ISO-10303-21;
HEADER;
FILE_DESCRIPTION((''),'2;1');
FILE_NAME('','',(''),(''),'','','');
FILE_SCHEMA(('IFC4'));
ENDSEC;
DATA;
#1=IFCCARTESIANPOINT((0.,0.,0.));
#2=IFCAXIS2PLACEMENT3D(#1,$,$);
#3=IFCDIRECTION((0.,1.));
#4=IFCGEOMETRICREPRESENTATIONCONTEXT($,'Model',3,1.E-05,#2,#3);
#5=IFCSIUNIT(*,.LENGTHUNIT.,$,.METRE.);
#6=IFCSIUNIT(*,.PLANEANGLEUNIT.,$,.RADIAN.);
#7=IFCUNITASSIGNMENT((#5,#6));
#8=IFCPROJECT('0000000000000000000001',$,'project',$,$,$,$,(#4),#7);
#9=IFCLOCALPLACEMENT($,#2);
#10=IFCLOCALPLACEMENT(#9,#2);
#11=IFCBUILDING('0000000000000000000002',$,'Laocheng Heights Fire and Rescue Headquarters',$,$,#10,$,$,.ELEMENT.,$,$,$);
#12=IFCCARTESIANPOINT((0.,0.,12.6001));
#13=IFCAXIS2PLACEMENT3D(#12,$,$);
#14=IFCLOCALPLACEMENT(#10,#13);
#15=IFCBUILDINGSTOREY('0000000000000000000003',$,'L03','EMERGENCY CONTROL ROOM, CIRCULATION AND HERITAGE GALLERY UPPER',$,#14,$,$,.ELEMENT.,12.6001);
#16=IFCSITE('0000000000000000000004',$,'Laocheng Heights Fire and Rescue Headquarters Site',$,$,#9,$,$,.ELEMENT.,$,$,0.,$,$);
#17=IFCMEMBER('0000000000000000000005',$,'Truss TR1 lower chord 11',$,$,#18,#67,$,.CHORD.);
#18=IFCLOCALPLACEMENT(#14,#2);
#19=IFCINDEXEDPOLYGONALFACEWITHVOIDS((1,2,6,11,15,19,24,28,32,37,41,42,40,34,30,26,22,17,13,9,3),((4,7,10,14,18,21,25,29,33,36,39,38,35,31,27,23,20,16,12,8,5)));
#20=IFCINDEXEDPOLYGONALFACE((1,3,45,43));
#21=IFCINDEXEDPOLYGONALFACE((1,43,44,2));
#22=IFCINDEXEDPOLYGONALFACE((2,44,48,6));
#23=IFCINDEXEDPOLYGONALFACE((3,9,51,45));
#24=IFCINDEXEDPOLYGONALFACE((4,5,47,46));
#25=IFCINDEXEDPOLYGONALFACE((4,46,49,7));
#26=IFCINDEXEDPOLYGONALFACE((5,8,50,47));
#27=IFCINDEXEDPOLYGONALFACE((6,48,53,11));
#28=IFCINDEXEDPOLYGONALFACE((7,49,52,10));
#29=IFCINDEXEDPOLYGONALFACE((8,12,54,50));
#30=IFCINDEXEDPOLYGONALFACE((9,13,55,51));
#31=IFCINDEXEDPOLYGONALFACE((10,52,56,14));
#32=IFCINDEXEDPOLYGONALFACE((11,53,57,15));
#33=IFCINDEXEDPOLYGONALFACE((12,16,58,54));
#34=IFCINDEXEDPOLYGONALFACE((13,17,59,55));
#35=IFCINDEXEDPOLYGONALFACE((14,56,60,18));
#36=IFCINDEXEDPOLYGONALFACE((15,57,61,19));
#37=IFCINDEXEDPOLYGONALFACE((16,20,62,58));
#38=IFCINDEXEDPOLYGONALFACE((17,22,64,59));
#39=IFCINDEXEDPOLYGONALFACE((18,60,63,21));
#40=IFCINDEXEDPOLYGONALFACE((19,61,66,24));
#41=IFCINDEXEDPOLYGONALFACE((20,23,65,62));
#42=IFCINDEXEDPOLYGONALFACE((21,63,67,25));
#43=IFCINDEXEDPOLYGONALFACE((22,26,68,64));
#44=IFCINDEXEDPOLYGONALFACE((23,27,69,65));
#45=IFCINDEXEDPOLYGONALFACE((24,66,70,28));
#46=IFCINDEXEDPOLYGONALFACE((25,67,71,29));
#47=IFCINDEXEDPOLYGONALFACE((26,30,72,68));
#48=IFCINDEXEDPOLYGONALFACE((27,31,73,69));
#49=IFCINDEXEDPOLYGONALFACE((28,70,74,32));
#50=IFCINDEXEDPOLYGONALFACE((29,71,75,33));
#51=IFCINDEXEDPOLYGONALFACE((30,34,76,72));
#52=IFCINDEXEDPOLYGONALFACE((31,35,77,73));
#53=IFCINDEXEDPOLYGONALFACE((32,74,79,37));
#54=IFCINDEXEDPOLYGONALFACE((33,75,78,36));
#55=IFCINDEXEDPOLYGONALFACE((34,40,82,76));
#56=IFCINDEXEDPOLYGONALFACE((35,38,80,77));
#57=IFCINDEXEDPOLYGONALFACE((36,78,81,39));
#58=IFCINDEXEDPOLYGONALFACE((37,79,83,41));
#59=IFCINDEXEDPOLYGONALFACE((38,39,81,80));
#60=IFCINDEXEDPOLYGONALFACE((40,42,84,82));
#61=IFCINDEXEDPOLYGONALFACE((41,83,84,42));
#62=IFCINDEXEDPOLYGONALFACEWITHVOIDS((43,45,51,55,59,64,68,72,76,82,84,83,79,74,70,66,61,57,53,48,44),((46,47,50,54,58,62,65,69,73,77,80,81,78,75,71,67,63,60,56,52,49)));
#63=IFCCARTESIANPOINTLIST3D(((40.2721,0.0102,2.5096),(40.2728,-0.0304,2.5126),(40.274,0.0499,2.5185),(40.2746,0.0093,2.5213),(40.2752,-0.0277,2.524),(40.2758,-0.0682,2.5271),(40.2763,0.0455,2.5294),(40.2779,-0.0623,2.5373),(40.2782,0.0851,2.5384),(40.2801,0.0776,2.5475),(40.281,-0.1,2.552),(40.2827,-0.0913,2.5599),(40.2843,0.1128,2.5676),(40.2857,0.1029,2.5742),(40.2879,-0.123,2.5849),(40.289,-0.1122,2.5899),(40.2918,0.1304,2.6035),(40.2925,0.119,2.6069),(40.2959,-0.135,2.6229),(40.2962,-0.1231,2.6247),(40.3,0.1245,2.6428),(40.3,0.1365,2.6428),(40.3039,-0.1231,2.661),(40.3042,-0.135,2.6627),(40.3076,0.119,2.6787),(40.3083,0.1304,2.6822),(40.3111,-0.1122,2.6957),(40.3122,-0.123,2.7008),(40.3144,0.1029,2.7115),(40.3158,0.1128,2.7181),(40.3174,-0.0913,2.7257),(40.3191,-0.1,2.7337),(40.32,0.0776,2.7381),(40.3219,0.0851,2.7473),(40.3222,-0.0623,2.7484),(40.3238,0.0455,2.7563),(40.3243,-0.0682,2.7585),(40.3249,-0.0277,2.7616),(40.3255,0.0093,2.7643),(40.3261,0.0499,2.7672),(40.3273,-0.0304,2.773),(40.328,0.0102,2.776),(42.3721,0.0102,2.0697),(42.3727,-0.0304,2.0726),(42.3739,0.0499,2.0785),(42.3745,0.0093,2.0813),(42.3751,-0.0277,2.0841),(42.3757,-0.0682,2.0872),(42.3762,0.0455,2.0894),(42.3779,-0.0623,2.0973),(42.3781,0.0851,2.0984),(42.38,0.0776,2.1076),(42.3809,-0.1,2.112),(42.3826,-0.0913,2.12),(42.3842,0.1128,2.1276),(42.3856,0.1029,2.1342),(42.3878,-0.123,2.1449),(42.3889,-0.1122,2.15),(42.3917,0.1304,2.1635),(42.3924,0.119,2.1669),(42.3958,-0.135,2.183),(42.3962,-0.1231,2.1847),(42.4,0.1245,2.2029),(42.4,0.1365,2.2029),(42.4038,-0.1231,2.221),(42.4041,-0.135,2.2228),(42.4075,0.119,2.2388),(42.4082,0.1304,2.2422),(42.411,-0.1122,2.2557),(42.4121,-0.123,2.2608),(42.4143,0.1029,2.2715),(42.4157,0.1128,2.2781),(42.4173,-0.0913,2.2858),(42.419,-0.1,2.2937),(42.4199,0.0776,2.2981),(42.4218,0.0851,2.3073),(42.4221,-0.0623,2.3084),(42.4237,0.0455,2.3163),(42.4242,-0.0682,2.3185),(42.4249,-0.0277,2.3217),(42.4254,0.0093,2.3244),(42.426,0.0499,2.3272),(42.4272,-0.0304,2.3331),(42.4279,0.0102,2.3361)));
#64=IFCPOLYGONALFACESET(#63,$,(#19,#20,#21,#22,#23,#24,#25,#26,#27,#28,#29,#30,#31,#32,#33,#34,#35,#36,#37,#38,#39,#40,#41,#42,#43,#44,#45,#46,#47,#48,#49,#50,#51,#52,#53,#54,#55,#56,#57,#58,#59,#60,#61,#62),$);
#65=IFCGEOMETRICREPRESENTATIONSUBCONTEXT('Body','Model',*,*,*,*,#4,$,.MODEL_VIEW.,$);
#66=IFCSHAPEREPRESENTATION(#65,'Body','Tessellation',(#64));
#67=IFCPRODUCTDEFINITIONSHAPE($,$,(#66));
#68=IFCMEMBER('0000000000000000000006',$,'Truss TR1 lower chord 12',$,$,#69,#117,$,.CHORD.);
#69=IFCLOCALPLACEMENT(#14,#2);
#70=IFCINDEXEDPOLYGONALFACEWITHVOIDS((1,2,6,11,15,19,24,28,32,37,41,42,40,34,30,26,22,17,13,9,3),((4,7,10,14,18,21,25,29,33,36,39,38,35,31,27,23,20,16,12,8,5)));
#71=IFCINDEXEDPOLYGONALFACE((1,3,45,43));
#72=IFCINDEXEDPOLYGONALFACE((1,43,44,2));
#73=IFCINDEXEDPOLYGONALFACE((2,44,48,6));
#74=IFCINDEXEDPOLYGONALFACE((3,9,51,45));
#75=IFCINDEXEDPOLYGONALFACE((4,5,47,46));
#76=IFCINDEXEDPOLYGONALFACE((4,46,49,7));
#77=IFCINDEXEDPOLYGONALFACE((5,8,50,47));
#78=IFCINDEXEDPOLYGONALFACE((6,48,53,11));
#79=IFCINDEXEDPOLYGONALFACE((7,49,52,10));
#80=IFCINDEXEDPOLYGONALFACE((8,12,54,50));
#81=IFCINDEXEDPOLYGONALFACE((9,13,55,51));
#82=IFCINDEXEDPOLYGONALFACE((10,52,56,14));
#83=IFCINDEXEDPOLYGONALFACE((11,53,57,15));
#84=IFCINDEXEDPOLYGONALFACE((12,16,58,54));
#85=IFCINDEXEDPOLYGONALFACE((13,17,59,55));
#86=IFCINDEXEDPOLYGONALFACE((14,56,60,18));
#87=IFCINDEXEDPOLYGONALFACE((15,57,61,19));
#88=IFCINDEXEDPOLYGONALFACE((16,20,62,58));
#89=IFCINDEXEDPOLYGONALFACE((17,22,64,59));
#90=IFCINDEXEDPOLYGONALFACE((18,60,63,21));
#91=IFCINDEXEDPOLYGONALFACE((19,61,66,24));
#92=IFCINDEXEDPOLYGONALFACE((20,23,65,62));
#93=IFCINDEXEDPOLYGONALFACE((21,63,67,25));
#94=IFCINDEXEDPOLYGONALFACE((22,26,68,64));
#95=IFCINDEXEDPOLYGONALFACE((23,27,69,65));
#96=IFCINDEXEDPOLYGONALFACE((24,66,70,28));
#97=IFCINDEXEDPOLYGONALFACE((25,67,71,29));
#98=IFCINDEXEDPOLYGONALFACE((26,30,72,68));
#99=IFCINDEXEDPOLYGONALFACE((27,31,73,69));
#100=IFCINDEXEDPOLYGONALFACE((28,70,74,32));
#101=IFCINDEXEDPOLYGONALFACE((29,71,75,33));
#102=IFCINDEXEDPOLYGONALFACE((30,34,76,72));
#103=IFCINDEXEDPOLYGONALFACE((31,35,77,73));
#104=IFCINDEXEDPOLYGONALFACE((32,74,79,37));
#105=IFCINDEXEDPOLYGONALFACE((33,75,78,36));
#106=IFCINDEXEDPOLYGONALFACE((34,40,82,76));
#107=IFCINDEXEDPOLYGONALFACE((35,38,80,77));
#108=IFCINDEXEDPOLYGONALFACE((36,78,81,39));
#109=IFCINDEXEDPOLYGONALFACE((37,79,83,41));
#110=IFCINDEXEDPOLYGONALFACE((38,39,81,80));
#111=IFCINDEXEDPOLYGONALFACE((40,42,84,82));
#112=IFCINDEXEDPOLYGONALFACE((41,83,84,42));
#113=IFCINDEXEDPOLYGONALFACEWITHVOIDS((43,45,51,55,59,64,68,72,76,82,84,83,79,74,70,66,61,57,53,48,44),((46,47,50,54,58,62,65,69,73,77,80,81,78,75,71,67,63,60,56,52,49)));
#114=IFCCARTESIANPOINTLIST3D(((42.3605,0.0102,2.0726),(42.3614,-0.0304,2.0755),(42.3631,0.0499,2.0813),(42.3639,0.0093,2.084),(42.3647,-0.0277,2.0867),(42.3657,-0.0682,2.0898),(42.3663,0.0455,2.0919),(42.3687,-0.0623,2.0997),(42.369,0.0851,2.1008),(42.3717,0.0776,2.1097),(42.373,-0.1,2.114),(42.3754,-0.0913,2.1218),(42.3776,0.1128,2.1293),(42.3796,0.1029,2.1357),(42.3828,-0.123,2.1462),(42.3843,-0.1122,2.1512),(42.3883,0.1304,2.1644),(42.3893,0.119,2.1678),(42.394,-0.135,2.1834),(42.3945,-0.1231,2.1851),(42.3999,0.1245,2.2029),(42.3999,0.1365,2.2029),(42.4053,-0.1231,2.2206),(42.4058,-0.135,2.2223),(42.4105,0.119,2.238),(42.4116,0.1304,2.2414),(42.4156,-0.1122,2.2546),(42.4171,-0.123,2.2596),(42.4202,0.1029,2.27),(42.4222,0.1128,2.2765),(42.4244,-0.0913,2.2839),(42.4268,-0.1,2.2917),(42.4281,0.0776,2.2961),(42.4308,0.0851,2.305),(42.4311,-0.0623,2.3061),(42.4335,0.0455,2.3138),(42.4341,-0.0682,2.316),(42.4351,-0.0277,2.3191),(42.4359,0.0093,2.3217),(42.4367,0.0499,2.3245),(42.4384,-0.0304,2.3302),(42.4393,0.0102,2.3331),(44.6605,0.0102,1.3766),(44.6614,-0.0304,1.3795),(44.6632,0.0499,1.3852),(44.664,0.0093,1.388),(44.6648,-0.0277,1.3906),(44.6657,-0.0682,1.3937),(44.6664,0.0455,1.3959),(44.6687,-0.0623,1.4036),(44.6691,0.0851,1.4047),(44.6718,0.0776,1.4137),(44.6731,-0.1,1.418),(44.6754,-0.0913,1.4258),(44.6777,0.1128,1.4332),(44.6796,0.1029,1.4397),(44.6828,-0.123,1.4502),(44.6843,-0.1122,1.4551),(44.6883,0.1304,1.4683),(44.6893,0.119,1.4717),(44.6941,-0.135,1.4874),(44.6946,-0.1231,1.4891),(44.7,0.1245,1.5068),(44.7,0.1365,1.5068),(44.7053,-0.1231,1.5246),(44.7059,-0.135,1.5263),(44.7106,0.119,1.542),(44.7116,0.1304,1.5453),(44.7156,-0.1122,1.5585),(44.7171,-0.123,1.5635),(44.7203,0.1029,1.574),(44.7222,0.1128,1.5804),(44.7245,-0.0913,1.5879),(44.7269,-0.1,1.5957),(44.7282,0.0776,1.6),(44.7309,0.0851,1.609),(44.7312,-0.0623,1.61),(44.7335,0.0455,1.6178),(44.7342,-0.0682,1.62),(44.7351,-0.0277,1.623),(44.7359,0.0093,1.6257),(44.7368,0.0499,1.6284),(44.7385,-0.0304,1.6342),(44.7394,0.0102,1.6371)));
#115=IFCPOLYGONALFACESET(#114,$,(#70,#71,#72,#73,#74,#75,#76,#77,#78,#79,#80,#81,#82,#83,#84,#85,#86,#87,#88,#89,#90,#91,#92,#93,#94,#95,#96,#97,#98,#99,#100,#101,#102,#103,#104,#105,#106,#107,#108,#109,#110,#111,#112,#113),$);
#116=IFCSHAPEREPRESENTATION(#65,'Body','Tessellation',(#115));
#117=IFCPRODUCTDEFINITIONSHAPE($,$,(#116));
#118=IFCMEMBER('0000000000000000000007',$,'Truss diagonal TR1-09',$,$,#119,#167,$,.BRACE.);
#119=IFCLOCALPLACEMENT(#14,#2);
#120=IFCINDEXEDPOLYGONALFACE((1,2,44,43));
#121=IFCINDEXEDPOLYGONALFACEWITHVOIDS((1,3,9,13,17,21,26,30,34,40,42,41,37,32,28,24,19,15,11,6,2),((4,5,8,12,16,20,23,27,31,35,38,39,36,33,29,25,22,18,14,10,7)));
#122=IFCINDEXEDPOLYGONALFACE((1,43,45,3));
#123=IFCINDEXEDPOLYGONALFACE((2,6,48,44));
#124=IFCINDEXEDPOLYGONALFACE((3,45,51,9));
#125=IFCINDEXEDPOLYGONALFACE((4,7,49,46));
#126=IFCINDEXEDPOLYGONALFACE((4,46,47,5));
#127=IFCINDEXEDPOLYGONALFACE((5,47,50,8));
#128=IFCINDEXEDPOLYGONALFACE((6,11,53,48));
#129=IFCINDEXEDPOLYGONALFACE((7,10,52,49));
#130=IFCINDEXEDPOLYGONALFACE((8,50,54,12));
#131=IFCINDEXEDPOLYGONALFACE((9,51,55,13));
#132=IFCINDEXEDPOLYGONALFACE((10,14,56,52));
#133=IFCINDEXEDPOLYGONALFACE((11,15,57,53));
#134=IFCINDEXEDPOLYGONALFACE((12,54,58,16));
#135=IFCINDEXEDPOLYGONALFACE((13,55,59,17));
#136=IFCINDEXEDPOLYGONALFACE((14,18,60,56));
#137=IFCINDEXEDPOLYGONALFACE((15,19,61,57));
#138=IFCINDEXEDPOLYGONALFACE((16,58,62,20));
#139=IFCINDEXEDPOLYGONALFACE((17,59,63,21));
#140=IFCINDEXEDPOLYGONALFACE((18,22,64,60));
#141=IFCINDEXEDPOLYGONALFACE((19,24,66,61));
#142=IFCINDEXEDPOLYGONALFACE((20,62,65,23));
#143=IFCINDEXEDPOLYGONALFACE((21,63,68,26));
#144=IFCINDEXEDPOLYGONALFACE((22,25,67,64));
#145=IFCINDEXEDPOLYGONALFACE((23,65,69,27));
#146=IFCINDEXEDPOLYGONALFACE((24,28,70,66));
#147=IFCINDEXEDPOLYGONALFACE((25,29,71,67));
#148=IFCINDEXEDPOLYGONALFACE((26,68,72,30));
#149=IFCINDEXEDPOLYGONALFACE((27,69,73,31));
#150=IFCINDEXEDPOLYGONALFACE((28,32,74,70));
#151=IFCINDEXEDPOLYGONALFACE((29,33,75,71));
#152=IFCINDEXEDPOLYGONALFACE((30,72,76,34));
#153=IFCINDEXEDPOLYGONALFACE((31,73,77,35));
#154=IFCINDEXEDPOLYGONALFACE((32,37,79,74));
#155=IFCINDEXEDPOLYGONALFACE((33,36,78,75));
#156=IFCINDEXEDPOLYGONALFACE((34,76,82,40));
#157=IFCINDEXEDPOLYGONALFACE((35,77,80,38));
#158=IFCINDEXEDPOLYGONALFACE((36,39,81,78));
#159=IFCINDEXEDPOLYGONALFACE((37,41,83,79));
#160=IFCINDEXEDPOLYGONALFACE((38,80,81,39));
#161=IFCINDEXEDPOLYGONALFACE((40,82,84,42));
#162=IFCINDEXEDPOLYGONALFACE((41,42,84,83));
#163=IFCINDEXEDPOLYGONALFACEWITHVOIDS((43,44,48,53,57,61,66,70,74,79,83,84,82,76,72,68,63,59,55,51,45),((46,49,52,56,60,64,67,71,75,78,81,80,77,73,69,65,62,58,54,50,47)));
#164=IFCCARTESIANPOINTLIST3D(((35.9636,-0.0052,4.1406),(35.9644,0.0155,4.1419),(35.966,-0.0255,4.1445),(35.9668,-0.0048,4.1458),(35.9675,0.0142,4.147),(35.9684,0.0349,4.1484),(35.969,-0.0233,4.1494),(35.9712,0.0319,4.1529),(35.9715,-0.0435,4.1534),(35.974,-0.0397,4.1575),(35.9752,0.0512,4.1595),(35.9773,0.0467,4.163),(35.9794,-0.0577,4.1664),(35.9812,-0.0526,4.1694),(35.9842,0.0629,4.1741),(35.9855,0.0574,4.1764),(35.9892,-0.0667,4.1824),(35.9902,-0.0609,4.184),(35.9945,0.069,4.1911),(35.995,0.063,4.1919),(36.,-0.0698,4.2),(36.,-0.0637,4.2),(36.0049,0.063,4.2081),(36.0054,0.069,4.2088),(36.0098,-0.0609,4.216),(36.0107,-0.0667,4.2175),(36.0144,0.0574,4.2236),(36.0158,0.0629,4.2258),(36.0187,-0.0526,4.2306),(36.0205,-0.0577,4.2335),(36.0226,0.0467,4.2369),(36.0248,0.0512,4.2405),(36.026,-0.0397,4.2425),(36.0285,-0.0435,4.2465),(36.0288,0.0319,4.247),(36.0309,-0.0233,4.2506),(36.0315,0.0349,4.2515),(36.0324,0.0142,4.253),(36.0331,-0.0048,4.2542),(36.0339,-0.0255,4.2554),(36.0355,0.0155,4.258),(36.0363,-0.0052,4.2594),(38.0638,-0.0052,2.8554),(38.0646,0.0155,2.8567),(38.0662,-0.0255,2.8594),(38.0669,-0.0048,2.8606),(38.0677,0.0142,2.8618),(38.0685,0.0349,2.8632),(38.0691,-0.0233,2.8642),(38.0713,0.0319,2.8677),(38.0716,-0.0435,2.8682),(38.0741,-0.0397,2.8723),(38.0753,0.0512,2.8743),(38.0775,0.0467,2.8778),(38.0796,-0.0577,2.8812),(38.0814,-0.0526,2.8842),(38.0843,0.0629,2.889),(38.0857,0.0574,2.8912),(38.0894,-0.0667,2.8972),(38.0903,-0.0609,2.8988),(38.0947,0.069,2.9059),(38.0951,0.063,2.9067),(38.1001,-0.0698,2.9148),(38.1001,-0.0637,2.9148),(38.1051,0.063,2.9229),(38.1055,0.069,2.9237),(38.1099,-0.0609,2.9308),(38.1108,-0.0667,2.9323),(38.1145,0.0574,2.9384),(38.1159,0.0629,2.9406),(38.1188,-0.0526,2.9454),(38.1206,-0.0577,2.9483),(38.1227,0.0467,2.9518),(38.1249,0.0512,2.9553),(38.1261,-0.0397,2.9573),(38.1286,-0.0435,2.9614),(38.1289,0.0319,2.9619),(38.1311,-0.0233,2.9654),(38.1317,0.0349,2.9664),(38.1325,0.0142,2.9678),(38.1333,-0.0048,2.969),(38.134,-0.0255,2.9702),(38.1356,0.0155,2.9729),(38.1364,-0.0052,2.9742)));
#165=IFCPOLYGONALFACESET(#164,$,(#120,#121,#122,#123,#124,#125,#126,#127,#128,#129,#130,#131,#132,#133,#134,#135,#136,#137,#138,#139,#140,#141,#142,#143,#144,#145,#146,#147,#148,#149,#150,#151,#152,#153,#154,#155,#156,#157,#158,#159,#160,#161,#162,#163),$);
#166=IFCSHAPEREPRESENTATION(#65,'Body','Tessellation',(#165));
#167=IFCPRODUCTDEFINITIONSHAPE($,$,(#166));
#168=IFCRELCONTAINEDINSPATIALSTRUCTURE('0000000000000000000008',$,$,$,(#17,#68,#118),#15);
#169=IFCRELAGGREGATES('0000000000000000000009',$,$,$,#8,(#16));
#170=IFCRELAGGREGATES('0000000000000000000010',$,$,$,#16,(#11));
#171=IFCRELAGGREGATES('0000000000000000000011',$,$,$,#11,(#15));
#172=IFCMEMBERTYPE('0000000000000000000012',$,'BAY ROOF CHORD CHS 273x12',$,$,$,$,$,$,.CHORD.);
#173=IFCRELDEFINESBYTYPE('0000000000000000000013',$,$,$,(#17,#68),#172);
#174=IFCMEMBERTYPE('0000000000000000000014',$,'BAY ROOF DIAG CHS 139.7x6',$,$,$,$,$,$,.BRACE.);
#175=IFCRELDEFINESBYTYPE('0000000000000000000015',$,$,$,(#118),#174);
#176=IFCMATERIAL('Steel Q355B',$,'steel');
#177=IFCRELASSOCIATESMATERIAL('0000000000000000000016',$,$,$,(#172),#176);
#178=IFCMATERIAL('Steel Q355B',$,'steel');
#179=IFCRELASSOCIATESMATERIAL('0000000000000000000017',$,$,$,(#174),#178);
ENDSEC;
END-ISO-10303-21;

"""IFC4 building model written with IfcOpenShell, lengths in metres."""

from ifc_helpers import new_model, si_unit, direction, frame, origin, origin_2d, place, context, subcontext, project, spatial, hollow_circle, extrude, material, material_profile, profile_set, type_object, element, save


model = new_model("IFC4")

# Units and contexts
model_context = context("Model", 3, precision=1e-05, world=origin(), true_north=direction((0.0, 1.0)))
body_context = subcontext(model_context, "Body", "Model", "MODEL_VIEW")
ifc_project = project(units=[si_unit("LENGTHUNIT", "METRE"), si_unit("PLANEANGLEUNIT", "RADIAN")], contexts=[model_context])

# Site, building, storey
site_placement = place(None, origin())
site = spatial("IfcSite", under=ifc_project, at=site_placement, Name="Laocheng Heights Fire and Rescue Headquarters Site", CompositionType="ELEMENT", RefElevation=0.0)
building_placement = place(site_placement, origin())
building = spatial("IfcBuilding", under=site, at=building_placement, Name="Laocheng Heights Fire and Rescue Headquarters", CompositionType="ELEMENT")
storey_placement = place(building_placement, frame((0.0, 0.0, 12.6001)))
storey = spatial("IfcBuildingStorey", under=building, at=storey_placement, Name="L03", Description="EMERGENCY CONTROL ROOM, CIRCULATION AND HERITAGE GALLERY UPPER", CompositionType="ELEMENT", Elevation=12.6001)

# Members
ifc_material_1 = material(Name="Steel Q355B", Category="steel")
ifc_material_profile_1 = material_profile(ifc_material_1, hollow_circle(Radius=0.1365, WallThickness=0.012, at=origin_2d()), Name="CHS 273x12")
ifc_profile_set_1 = profile_set([ifc_material_profile_1], Name="Steel Q355B")
member_type_1 = type_object("IfcMemberType", Name="BAY ROOF CHORD CHS 273x12", PredefinedType="CHORD", material=ifc_profile_set_1)
member_1_placement = place(storey_placement, frame((40.3, 0.0, 2.6428), z_axis=(0.97875, 0.0, -0.205058), x_axis=(0.0, 1.0, 0.0)))
element("IfcMember", 1, at=member_1_placement, inside=storey, type_object=member_type_1, Name="Truss TR1 lower chord 11", PredefinedType="CHORD", context=body_context, shape_type="SweptSolid", body=[
    extrude(hollow_circle(Radius=0.1365, WallThickness=0.012, at=origin_2d()), origin(), (0.0, 0.0, 1.0), 2.1455),
])
member_2_placement = place(storey_placement, frame((42.3999, 0.0, 2.2029), z_axis=(0.957133, 0.0, -0.289649), x_axis=(0.0, 1.0, 0.0)))
element("IfcMember", 2, at=member_2_placement, inside=storey, type_object=member_type_1, Name="Truss TR1 lower chord 12", PredefinedType="CHORD", context=body_context, shape_type="SweptSolid", body=[
    extrude(hollow_circle(Radius=0.1365, WallThickness=0.012, at=origin_2d()), origin(), (0.0, 0.0, 1.0), 2.4031),
])
ifc_material_2 = material(Name="Steel Q355B", Category="steel")
ifc_material_profile_2 = material_profile(ifc_material_2, hollow_circle(Radius=0.0698, WallThickness=0.0061, at=origin_2d()), Name="CHS 139.7x6")
ifc_profile_set_2 = profile_set([ifc_material_profile_2], Name="Steel Q355B")
member_type_2 = type_object("IfcMemberType", Name="BAY ROOF DIAG CHS 139.7x6", PredefinedType="BRACE", material=ifc_profile_set_2)
member_3_placement = place(storey_placement, frame((38.1001, 0.0, 2.9148), z_axis=(-0.852963, 0.0, 0.521971), x_axis=(0.0, -1.0, 0.0)))
element("IfcMember", 3, at=member_3_placement, inside=storey, type_object=member_type_2, Name="Truss diagonal TR1-09", PredefinedType="BRACE", context=body_context, shape_type="SweptSolid", body=[
    extrude(hollow_circle(Radius=0.0698, WallThickness=0.0061, at=origin_2d()), origin(), (0.0, 0.0, 1.0), 2.4622),
])

save(model, "model.ifc")
